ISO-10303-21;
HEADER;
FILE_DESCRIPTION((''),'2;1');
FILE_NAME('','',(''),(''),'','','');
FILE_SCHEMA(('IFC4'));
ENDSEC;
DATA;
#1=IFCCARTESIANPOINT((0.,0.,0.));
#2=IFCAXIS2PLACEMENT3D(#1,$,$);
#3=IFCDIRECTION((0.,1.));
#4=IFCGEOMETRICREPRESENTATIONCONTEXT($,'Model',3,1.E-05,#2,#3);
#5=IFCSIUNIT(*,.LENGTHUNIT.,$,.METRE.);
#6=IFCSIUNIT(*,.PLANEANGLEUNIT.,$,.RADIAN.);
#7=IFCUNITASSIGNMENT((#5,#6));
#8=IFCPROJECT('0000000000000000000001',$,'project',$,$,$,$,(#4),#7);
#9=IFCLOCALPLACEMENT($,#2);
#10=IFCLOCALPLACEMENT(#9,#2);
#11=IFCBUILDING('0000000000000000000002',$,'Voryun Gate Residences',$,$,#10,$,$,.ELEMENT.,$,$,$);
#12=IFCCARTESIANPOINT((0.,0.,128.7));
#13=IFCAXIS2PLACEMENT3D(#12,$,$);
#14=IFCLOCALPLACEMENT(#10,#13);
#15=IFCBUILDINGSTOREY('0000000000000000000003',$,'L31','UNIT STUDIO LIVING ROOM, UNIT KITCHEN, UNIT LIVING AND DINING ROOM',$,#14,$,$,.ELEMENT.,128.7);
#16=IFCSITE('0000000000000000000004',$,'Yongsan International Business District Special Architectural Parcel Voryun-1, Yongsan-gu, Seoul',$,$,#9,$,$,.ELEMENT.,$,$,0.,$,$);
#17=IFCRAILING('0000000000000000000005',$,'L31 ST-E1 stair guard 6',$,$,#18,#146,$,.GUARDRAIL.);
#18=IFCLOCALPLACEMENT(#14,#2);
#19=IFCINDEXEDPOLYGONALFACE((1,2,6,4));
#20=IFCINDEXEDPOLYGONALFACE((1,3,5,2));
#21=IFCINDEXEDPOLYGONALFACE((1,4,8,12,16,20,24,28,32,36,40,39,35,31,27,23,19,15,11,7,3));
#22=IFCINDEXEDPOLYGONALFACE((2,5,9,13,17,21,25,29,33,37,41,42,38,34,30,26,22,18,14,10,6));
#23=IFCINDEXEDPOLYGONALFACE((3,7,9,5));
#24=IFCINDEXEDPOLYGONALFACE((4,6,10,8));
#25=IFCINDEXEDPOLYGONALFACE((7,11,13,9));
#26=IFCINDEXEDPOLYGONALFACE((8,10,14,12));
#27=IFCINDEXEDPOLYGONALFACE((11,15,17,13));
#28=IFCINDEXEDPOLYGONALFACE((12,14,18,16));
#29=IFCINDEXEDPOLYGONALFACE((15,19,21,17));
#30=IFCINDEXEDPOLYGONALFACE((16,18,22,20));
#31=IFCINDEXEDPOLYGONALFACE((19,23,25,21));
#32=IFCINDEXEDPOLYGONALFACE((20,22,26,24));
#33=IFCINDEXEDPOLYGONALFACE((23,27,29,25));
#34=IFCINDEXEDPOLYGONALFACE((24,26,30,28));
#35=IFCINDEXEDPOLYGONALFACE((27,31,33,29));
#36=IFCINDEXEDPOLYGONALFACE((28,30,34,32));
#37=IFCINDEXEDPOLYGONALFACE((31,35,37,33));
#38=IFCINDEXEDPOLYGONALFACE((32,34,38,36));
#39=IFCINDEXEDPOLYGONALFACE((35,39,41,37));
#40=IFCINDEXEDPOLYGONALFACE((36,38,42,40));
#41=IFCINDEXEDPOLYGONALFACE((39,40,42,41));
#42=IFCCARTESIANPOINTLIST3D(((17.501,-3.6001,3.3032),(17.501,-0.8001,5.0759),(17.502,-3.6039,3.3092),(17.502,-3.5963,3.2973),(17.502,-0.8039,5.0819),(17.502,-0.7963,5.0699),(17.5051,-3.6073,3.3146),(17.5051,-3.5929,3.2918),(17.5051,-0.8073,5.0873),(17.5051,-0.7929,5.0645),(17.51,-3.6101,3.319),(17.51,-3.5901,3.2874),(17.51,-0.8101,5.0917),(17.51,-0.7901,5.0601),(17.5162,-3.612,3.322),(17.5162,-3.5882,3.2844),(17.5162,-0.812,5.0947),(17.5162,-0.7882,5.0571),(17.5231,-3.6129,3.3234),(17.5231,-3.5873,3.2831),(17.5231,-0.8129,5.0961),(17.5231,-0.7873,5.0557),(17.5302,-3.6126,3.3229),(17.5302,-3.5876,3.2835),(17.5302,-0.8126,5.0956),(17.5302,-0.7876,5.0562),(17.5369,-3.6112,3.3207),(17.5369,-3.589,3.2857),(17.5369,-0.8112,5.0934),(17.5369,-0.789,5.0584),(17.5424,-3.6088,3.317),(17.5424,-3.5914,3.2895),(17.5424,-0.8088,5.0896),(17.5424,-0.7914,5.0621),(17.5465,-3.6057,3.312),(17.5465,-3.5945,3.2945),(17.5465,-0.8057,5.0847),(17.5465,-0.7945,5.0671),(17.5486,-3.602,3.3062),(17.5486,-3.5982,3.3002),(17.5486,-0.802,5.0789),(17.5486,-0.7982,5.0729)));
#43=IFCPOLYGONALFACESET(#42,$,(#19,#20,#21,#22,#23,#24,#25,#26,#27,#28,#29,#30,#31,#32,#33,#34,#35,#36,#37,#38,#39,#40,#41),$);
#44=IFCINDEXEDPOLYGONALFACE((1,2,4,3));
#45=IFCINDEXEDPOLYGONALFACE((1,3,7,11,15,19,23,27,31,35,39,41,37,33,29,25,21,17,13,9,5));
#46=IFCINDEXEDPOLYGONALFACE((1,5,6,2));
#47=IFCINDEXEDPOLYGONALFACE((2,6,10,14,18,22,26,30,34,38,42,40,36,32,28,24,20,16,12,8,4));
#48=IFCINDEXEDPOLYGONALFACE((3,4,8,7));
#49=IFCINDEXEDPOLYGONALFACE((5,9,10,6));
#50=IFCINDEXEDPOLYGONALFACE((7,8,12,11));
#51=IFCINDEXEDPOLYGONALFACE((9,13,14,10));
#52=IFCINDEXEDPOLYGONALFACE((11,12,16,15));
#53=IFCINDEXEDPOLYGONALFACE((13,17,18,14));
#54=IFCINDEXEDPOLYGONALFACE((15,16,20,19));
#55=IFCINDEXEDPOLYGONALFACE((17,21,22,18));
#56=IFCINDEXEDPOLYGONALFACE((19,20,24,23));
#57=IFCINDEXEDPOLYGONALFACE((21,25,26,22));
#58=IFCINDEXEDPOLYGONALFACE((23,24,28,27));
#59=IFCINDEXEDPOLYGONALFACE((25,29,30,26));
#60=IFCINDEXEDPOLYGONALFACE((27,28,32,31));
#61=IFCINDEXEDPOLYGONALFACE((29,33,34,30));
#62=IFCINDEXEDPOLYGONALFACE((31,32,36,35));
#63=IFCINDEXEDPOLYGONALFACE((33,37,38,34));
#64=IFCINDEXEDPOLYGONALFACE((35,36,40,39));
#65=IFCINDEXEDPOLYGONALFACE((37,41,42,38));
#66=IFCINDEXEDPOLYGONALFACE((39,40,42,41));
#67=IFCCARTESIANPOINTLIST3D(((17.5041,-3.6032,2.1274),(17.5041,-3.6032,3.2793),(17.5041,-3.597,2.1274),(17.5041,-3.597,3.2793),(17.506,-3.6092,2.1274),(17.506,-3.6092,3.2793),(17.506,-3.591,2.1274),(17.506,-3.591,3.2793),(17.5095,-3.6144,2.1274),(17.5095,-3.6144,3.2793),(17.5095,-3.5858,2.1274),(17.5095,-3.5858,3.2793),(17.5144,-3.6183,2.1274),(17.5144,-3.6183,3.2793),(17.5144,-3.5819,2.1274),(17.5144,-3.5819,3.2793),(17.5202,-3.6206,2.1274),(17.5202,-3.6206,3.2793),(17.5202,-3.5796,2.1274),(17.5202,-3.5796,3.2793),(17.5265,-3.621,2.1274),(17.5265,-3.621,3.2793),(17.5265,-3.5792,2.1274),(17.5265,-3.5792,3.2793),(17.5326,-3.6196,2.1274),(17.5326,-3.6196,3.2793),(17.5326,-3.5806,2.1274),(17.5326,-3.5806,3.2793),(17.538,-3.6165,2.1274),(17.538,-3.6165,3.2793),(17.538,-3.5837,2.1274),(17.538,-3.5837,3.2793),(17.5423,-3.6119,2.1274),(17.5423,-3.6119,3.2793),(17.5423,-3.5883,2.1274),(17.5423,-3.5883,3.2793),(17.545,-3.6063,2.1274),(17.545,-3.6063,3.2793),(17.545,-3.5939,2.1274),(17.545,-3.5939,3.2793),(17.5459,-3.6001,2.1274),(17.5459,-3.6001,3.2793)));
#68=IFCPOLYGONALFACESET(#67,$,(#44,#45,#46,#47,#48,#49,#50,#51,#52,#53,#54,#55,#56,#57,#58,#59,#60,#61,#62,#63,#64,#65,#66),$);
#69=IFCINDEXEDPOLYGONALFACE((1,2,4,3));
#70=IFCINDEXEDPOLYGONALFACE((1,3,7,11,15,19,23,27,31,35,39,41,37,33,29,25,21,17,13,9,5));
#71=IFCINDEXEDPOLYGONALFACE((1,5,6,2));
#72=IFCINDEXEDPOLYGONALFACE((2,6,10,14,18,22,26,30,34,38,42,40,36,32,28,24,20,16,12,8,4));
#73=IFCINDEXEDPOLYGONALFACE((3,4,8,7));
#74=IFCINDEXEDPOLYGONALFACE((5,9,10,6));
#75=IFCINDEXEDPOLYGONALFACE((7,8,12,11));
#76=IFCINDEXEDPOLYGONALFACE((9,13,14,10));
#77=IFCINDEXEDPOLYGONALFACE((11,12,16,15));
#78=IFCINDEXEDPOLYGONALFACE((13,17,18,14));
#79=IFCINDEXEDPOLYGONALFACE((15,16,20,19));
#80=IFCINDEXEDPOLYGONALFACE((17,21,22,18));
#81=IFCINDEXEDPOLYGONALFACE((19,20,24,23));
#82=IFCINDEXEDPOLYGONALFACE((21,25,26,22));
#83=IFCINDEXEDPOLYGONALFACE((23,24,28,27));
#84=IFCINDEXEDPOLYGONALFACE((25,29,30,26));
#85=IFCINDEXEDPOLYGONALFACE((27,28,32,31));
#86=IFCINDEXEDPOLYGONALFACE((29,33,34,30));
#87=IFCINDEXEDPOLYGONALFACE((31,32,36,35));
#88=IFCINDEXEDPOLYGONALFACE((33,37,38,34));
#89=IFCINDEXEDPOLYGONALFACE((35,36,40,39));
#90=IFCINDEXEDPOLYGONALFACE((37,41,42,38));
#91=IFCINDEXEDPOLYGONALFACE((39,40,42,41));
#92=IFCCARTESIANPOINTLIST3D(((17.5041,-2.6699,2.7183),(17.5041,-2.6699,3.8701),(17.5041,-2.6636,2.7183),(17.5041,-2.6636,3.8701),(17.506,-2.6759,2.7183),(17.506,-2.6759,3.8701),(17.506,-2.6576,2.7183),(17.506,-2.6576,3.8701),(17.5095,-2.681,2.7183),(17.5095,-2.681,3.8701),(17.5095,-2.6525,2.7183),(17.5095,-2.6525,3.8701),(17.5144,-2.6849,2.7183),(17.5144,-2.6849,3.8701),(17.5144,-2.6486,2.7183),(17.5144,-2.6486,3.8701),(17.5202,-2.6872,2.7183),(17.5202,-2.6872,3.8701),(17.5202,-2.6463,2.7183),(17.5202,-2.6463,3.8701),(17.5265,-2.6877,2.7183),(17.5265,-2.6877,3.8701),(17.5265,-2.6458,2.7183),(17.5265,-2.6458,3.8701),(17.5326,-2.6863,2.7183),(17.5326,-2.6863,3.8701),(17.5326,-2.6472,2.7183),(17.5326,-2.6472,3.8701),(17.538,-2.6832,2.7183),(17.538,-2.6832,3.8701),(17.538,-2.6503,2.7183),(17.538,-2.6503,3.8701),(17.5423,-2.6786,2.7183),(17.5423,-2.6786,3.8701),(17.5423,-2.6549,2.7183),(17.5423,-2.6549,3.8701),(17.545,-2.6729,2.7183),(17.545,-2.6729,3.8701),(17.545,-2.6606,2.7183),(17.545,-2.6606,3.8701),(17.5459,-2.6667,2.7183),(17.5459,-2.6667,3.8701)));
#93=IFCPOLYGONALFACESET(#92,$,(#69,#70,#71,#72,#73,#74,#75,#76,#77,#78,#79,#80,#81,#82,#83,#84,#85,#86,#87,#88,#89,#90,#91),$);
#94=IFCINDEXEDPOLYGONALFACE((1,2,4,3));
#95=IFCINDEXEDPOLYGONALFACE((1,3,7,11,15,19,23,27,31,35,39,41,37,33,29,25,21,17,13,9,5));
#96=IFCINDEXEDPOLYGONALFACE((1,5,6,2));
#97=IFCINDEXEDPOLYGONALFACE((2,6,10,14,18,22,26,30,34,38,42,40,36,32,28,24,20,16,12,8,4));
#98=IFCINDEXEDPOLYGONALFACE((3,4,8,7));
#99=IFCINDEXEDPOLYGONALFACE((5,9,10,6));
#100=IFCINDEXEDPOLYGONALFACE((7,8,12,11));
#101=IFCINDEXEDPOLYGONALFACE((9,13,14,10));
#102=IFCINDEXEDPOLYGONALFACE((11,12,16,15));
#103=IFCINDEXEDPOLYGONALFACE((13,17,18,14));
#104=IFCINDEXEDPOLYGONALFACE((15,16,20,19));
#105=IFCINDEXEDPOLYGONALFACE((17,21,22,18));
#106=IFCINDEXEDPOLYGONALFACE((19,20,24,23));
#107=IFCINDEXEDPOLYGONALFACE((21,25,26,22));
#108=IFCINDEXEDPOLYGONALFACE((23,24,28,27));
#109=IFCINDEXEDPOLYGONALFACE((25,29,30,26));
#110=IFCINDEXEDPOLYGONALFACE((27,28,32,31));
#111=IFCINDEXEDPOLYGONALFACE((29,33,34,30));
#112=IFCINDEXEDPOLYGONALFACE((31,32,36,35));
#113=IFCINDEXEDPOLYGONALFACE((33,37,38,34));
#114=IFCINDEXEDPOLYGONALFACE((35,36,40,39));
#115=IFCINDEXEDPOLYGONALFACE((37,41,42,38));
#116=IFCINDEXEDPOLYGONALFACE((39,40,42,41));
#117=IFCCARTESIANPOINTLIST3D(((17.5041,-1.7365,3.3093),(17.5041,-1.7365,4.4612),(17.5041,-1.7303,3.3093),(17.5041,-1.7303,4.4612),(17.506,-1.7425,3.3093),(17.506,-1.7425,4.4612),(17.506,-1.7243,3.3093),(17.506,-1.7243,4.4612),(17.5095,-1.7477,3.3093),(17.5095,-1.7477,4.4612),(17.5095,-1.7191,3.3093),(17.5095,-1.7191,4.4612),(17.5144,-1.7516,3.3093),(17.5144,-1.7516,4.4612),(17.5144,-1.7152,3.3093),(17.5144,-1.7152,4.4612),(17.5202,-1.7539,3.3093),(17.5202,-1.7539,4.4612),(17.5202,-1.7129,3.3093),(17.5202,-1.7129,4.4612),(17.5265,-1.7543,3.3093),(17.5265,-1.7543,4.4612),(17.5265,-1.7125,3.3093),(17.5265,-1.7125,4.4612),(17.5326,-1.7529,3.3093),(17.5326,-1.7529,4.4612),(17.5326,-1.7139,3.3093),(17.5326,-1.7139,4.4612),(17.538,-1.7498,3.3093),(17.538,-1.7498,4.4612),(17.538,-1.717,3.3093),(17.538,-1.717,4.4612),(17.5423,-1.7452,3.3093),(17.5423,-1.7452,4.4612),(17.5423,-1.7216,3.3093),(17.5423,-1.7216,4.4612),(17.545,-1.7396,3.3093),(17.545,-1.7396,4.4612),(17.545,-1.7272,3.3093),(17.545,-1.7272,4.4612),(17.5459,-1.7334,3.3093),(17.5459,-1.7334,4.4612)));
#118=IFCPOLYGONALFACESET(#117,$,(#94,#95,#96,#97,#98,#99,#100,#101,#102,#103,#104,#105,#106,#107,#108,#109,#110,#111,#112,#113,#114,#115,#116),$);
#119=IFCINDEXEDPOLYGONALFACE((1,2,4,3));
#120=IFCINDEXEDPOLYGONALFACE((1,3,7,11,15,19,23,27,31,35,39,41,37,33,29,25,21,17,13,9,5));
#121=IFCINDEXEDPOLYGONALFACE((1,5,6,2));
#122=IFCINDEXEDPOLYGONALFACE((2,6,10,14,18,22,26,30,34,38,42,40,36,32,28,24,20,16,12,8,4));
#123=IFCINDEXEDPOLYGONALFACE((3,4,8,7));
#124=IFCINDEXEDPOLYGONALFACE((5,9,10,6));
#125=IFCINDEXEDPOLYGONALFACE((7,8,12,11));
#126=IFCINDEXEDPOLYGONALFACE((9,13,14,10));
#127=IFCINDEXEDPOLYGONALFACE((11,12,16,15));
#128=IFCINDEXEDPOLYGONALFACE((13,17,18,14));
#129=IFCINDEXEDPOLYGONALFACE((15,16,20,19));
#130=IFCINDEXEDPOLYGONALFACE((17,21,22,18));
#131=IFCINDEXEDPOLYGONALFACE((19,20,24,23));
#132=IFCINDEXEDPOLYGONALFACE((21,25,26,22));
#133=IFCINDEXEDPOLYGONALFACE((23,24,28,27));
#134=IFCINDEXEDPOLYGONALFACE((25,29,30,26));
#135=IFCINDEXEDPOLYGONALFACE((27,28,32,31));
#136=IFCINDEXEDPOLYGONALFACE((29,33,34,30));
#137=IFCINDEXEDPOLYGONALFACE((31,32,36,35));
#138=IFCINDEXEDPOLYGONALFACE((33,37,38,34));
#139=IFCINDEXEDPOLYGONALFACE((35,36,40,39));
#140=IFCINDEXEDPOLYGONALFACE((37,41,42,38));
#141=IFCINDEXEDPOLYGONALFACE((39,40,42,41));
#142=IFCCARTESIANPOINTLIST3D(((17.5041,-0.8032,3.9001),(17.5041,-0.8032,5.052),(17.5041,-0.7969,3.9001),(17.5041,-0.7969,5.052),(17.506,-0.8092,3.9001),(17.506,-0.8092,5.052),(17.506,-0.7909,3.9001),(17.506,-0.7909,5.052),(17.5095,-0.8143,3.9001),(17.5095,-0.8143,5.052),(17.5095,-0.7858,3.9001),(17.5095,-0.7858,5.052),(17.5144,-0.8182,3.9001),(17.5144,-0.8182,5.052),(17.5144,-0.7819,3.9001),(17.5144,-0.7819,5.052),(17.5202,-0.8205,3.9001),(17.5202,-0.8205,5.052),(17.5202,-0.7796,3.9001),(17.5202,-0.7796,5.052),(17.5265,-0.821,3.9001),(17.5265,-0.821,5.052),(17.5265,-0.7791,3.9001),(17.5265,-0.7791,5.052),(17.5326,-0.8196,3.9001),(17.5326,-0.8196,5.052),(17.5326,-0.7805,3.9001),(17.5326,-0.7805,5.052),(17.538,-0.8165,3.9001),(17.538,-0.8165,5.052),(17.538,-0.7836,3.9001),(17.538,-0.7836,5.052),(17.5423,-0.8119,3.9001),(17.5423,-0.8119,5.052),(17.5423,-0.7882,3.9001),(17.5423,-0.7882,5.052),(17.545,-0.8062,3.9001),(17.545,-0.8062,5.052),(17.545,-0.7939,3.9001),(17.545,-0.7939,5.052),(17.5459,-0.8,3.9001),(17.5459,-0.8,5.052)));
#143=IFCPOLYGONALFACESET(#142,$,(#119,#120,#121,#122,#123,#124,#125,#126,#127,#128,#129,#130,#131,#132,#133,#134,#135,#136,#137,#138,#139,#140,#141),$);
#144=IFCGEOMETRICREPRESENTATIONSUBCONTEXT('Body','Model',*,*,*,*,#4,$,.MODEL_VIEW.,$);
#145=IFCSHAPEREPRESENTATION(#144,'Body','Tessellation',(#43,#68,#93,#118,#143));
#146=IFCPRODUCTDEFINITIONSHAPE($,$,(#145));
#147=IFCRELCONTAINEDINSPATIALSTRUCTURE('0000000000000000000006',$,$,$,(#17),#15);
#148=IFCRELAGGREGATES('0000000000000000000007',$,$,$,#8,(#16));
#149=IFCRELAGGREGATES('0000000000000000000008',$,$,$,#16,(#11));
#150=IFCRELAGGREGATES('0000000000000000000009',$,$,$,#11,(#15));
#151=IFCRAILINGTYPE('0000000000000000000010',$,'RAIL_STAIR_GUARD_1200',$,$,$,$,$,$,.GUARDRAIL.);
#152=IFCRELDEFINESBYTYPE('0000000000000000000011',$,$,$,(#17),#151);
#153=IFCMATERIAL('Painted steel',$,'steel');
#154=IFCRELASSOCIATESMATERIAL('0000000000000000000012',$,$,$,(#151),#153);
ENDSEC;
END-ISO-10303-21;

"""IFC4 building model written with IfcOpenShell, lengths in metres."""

from ifc_helpers import new_model, si_unit, direction, frame, origin, origin_2d, place, context, subcontext, project, spatial, circle, extrude, material, type_object, element, save


model = new_model("IFC4")

# Units and contexts
model_context = context("Model", 3, precision=1e-05, world=origin(), true_north=direction((0.0, 1.0)))
body_context = subcontext(model_context, "Body", "Model", "MODEL_VIEW")
ifc_project = project(units=[si_unit("LENGTHUNIT", "METRE"), si_unit("PLANEANGLEUNIT", "RADIAN")], contexts=[model_context])

# Site, building, storey
site_placement = place(None, origin())
site = spatial("IfcSite", under=ifc_project, at=site_placement, Name="Yongsan International Business District Special Architectural Parcel Voryun-1, Yongsan-gu, Seoul", CompositionType="ELEMENT", RefElevation=0.0)
building_placement = place(site_placement, origin())
building = spatial("IfcBuilding", under=site, at=building_placement, Name="Voryun Gate Residences", CompositionType="ELEMENT")
storey_placement = place(building_placement, frame((0.0, 0.0, 128.7)))
storey = spatial("IfcBuildingStorey", under=building, at=storey_placement, Name="L31", Description="UNIT STUDIO LIVING ROOM, UNIT KITCHEN, UNIT LIVING AND DINING ROOM", CompositionType="ELEMENT", Elevation=128.7)

# Railing
ifc_material_1 = material(Name="Painted steel", Category="steel")
railing_type_1 = type_object("IfcRailingType", Name="RAIL_STAIR_GUARD_1200", PredefinedType="GUARDRAIL", material=ifc_material_1)
railing_1_placement = place(storey_placement, frame((17.5249, -3.6001, 2.1274)))
element("IfcRailing", 1, at=railing_1_placement, inside=storey, type_object=railing_type_1, Name="L31 ST-E1 stair guard 6", PredefinedType="GUARDRAIL", context=body_context, shape_type="SweptSolid", body=[
    extrude(circle(Radius=0.0239, at=origin_2d()), frame((0.0, 0.0, 1.1758), z_axis=(0.0, 0.844909, 0.53491), x_axis=(-1.0, 0.0, 0.0)), (0.0, 0.0, 1.0), 3.314),
    extrude(circle(Radius=0.021, at=origin_2d()), origin(), (0.0, 0.0, 1.0), 1.1519),
    extrude(circle(Radius=0.021, at=origin_2d()), frame((0.0, 0.9333, 0.5908)), (0.0, 0.0, 1.0), 1.1519),
    extrude(circle(Radius=0.021, at=origin_2d()), frame((0.0, 1.8667, 1.1819)), (0.0, 0.0, 1.0), 1.1519),
    extrude(circle(Radius=0.021, at=origin_2d()), frame((0.0, 2.8, 1.7727)), (0.0, 0.0, 1.0), 1.1519),
])

save(model, "model.ifc")
